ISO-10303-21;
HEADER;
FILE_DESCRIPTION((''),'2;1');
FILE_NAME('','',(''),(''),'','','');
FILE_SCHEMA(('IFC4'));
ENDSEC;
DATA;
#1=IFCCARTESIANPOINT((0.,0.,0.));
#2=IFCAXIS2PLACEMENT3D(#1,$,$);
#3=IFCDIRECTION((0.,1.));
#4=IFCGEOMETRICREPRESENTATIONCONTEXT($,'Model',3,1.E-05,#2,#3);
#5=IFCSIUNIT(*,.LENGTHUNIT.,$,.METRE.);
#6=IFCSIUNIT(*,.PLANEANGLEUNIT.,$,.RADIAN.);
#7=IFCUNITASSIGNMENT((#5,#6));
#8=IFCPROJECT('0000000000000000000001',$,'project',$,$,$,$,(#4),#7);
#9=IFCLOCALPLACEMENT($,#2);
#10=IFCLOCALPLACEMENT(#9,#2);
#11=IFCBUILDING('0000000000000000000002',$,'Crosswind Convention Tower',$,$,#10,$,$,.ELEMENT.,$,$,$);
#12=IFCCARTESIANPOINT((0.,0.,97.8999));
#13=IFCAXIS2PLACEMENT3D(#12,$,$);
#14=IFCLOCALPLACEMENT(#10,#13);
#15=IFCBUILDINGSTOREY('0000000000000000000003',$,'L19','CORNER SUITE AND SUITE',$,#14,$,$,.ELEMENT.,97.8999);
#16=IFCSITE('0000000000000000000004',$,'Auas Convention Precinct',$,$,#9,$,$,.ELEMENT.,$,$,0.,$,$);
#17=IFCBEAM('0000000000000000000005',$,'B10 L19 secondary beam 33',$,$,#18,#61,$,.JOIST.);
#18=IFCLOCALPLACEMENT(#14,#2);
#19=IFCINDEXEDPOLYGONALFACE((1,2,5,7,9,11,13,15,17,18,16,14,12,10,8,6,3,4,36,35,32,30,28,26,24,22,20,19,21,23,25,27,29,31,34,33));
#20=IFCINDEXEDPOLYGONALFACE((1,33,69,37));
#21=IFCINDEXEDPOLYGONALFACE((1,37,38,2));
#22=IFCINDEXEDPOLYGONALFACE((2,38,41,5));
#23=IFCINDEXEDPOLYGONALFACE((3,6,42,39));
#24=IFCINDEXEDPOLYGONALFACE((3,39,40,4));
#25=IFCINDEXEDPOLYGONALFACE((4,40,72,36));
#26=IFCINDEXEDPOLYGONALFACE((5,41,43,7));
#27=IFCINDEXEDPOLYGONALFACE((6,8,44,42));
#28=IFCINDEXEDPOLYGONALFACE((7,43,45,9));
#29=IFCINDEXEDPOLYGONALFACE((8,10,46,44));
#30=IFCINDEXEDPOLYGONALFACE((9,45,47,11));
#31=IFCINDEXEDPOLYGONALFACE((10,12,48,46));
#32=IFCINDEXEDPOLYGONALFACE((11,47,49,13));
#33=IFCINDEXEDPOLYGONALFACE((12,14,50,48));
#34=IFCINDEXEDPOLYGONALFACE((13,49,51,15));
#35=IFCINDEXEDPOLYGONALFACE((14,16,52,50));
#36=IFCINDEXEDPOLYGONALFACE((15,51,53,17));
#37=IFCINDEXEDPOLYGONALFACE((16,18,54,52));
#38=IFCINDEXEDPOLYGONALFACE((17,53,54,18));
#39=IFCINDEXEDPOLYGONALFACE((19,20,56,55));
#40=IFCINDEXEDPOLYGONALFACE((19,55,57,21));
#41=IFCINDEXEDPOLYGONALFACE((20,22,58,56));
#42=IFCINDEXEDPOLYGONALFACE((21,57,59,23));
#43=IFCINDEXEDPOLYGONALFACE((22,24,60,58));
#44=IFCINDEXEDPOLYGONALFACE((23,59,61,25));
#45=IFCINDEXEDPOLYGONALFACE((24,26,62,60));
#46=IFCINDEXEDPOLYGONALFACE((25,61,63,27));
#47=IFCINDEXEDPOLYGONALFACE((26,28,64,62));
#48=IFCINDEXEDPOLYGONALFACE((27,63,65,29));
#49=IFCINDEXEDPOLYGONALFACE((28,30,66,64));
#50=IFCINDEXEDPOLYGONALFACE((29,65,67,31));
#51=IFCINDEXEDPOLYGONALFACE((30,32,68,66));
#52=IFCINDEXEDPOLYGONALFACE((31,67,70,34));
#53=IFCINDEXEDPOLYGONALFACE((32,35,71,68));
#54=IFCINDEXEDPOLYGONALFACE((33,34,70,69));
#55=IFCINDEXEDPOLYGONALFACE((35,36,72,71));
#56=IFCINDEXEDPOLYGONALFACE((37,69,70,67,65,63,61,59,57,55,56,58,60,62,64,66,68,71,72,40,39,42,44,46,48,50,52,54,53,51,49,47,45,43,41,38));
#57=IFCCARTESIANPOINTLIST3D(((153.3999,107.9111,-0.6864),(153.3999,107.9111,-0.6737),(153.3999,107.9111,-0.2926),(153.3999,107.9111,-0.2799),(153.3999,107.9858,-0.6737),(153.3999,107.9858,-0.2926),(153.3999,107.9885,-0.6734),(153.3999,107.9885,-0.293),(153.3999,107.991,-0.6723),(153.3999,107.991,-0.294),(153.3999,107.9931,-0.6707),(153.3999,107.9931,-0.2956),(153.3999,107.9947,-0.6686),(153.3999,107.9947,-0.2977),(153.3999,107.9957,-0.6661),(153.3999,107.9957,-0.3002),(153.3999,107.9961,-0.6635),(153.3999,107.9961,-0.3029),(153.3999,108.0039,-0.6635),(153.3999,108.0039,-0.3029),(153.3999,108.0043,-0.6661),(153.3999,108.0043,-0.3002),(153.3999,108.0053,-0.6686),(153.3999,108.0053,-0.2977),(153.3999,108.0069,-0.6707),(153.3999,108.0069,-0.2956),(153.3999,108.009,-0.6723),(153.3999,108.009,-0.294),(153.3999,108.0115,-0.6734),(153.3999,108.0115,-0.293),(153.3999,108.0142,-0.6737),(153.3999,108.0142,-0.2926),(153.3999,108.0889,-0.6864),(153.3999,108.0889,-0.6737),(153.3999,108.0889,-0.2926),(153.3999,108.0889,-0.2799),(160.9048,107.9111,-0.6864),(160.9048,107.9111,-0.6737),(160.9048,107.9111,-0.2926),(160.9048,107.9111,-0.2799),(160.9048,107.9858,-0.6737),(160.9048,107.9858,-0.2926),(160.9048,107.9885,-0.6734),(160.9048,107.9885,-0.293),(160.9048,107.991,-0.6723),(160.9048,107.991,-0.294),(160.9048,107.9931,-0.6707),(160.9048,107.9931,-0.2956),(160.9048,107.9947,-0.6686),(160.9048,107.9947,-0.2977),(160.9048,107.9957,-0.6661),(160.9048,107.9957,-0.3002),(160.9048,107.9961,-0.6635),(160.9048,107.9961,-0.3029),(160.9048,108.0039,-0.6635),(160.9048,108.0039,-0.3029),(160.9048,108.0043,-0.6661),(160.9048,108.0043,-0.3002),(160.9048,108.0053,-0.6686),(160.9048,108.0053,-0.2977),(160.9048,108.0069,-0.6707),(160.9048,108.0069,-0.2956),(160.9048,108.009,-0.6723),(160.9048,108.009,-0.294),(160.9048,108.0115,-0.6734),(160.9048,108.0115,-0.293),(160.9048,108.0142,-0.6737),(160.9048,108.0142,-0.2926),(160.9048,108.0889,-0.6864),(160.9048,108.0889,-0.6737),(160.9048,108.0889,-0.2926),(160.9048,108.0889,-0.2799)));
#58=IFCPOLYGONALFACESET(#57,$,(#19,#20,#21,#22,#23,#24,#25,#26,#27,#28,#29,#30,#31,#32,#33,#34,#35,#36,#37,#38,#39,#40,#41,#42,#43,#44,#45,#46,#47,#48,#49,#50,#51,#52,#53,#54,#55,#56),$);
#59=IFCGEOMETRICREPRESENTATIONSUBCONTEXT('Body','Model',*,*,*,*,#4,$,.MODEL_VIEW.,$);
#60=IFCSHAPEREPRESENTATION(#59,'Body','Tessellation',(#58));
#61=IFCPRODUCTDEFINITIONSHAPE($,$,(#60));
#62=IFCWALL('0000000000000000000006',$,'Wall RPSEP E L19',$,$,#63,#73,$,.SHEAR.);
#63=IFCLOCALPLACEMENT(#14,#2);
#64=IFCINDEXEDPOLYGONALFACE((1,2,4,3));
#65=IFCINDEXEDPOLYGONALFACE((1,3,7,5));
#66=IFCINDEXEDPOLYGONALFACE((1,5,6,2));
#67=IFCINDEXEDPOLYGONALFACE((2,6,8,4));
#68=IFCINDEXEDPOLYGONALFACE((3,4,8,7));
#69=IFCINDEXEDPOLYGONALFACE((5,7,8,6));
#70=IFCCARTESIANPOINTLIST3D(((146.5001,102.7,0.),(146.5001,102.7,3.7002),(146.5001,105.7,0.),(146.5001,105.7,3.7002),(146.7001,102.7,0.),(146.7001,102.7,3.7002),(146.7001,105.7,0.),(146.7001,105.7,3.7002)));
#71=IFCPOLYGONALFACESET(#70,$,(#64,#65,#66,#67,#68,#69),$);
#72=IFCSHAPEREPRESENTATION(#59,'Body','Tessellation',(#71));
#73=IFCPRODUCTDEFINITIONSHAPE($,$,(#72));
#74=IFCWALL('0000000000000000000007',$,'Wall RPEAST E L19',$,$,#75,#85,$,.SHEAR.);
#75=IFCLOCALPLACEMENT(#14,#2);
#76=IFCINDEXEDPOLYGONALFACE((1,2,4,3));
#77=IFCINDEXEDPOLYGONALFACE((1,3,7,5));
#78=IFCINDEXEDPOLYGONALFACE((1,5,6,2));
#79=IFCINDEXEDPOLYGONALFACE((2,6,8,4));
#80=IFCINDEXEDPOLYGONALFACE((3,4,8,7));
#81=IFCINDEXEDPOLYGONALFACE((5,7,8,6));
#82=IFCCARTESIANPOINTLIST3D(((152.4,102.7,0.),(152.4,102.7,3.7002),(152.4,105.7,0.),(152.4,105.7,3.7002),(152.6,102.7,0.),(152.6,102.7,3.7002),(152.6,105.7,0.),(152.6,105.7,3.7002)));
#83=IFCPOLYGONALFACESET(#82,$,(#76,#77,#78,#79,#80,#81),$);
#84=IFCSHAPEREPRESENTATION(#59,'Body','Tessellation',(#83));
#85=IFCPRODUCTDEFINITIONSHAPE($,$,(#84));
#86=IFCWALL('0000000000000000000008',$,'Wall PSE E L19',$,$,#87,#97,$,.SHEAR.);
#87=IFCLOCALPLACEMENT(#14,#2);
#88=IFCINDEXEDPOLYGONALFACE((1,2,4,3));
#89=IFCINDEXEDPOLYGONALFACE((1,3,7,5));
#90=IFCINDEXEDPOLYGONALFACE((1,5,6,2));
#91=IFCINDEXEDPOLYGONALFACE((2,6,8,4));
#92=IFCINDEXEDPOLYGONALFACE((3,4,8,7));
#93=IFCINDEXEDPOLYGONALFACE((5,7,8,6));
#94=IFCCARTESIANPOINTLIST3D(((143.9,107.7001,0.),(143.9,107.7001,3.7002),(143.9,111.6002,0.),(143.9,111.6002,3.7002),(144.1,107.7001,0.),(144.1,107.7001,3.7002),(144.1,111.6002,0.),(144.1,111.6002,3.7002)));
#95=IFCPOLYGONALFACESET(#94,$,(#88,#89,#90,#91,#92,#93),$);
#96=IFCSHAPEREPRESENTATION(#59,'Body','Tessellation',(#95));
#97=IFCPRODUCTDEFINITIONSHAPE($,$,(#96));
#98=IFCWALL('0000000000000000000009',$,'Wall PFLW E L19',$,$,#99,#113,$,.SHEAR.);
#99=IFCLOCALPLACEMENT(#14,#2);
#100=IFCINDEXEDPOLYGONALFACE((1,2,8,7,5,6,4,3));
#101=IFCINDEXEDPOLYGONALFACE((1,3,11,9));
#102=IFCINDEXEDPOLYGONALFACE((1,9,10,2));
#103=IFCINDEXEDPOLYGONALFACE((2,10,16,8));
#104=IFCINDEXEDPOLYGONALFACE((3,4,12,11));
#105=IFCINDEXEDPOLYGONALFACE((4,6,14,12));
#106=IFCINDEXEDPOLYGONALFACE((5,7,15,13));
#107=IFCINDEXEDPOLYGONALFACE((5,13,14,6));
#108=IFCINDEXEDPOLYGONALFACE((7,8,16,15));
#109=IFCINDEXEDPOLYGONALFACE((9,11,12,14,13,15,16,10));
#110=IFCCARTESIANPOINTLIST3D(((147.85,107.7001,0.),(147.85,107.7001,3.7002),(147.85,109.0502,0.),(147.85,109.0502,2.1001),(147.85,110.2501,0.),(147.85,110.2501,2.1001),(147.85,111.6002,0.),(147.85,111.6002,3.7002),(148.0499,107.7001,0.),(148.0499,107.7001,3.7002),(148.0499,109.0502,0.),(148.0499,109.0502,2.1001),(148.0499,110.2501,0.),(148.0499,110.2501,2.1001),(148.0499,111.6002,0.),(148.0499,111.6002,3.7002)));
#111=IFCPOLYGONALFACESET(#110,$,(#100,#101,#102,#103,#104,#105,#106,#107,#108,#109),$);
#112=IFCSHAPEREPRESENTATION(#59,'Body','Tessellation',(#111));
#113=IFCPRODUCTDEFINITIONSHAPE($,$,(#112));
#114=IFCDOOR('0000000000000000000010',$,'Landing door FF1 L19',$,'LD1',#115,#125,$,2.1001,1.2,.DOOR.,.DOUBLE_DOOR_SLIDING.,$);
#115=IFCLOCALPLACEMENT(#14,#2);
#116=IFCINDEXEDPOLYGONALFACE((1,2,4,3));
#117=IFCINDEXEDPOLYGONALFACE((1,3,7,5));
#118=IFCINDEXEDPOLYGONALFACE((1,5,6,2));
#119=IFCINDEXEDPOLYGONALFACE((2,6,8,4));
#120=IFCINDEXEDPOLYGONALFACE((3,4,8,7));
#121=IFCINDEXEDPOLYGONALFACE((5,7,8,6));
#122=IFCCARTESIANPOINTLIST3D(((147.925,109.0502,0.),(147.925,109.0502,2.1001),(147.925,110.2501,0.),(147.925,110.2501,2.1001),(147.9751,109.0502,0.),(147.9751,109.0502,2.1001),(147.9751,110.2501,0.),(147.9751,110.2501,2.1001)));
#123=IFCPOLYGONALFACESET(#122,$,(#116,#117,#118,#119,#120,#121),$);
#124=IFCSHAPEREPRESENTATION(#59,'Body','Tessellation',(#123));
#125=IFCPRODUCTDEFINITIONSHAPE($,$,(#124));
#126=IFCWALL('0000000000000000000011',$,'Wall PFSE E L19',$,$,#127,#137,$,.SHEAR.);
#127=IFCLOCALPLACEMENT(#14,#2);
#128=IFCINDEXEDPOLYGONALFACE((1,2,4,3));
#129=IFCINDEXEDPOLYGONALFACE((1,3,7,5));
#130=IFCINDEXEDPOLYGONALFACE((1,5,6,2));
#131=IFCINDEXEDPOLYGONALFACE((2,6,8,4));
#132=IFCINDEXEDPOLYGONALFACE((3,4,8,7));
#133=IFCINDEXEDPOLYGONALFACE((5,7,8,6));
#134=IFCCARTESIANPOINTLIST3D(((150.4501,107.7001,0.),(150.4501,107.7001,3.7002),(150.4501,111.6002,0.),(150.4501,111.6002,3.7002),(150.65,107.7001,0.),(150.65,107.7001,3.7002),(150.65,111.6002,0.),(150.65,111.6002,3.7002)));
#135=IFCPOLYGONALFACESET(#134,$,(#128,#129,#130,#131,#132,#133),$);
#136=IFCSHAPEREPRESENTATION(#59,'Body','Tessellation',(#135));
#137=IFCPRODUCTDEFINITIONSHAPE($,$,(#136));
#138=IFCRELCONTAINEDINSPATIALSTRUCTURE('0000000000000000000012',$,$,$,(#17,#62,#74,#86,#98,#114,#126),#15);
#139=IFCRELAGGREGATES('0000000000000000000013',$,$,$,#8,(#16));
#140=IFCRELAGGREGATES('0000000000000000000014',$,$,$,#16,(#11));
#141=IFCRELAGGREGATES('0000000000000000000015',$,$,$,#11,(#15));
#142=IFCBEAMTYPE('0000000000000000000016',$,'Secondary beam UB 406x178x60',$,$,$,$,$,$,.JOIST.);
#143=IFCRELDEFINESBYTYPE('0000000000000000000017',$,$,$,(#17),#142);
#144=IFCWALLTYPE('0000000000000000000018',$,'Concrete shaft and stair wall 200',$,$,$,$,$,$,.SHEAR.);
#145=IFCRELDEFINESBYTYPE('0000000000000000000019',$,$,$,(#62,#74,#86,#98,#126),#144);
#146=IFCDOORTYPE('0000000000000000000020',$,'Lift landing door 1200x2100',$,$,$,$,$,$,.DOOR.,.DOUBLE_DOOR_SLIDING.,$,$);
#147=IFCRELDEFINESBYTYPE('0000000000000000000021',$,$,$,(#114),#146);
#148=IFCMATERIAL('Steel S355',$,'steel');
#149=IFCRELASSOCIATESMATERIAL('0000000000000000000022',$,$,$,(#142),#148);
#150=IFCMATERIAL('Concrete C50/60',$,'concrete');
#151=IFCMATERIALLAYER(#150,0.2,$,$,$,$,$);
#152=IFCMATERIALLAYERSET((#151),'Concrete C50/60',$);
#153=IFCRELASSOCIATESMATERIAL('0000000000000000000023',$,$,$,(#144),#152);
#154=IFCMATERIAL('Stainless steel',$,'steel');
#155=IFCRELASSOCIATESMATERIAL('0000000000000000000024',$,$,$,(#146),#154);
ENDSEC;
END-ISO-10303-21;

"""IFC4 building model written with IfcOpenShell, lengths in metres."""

from ifc_helpers import new_model, si_unit, direction, frame, frame_2d, origin, origin_2d, place, context, subcontext, project, spatial, rectangle, i_section, extrude, material, layer, layer_set, material_profile, profile_set, type_object, element, fill, save


model = new_model("IFC4")

# Units and contexts
model_context = context("Model", 3, precision=1e-05, world=origin(), true_north=direction((0.0, 1.0)))
body_context = subcontext(model_context, "Body", "Model", "MODEL_VIEW")
ifc_project = project(units=[si_unit("LENGTHUNIT", "METRE"), si_unit("PLANEANGLEUNIT", "RADIAN")], contexts=[model_context])

# Site, building, storey
site_placement = place(None, origin())
site = spatial("IfcSite", under=ifc_project, at=site_placement, Name="Auas Convention Precinct", CompositionType="ELEMENT", RefElevation=0.0)
building_placement = place(site_placement, origin())
building = spatial("IfcBuilding", under=site, at=building_placement, Name="Crosswind Convention Tower", CompositionType="ELEMENT")
storey_placement = place(building_placement, frame((0.0, 0.0, 97.8999)))
storey = spatial("IfcBuildingStorey", under=building, at=storey_placement, Name="L19", Description="CORNER SUITE AND SUITE", CompositionType="ELEMENT", Elevation=97.8999)

# Shared definitions
ifc_material_1 = material(Name="Steel S355", Category="steel")

# Beam
ifc_material_profile_1 = material_profile(ifc_material_1, i_section(OverallWidth=0.1777, OverallDepth=0.4065, WebThickness=0.0078, FlangeThickness=0.0127, FilletRadius=0.0103, at=origin_2d()), Name="UB 406x178x60")
ifc_profile_set_1 = profile_set([ifc_material_profile_1], Name="Steel S355")
beam_type_1 = type_object("IfcBeamType", Name="Secondary beam UB 406x178x60", PredefinedType="JOIST", material=ifc_profile_set_1)
for number, where, z_axis, x_axis, name in (
    (1, (153.3999, 108.0, -0.4832), (1.0, 0.0, 0.0), (0.0, 1.0, 0.0), "B10 L19 secondary beam 33"),
):
    element("IfcBeam", number, at=place(storey_placement, frame(where, z_axis=z_axis, x_axis=x_axis)), inside=storey, type_object=beam_type_1, Name=name, PredefinedType="JOIST", context=body_context, shape_type="SweptSolid", body=[
        extrude(i_section(OverallWidth=0.1777, OverallDepth=0.4065, WebThickness=0.0078, FlangeThickness=0.0127, FilletRadius=0.0103, at=origin_2d()), origin(), (0.0, 0.0, 1.0), 7.5049),
    ])

# Walls
ifc_material_2 = material(Name="Concrete C50/60", Category="concrete")
ifc_layer_1 = layer(ifc_material_2, 0.2)
ifc_layer_set_1 = layer_set([ifc_layer_1], Name="Concrete C50/60")
wall_type_1 = type_object("IfcWallType", Name="Concrete shaft and stair wall 200", PredefinedType="SHEAR", material=ifc_layer_set_1)
for number, where, z_axis, x_axis, name in (
    (2, (146.6001, 102.7, 0.0), (0.0, 0.0, 1.0), (0.0, 1.0, 0.0), "Wall RPSEP E L19"),
    (3, (152.5, 102.7, 0.0), (0.0, 0.0, 1.0), (0.0, 1.0, 0.0), "Wall RPEAST E L19"),
):
    element("IfcWall", number, at=place(storey_placement, frame(where, z_axis=z_axis, x_axis=x_axis)), inside=storey, type_object=wall_type_1, Name=name, PredefinedType="SHEAR", context=body_context, shape_type="SweptSolid", body=[
        extrude(rectangle(XDim=3.0, YDim=0.2, at=frame_2d((1.5, 0.0))), origin(), (0.0, 0.0, 1.0), 3.7002),
    ])
wall_1_placement = place(storey_placement, frame((144.0, 107.7, 0.0), z_axis=(0.0, 0.0, 1.0), x_axis=(0.0, 1.0, 0.0)))
element("IfcWall", 4, at=wall_1_placement, inside=storey, type_object=wall_type_1, Name="Wall PSE E L19", PredefinedType="SHEAR", context=body_context, shape_type="SweptSolid", body=[
    extrude(rectangle(XDim=3.9001, YDim=0.2, at=frame_2d((1.9502, 0.0))), origin(), (0.0, 0.0, 1.0), 3.7002),
])

# Wall, opening, door
wall_2_placement = place(storey_placement, frame((147.95, 107.7, 0.0), z_axis=(0.0, 0.0, 1.0), x_axis=(0.0, 1.0, 0.0)))
wall_2 = element("IfcWall", 5, at=wall_2_placement, inside=storey, type_object=wall_type_1, Name="Wall PFLW E L19", PredefinedType="SHEAR", context=body_context, shape_type="SweptSolid", body=[
    extrude(rectangle(XDim=3.9001, YDim=0.2, at=frame_2d((1.9502, 0.0))), origin(), (0.0, 0.0, 1.0), 3.7002),
])
opening_1_placement = place(wall_2_placement, frame((1.3501, 0.0, 0.0)))
opening_1 = element("IfcOpeningElement", 6, at=opening_1_placement, cuts=wall_2, PredefinedType="OPENING", context=body_context, shape_type="SweptSolid", body=[
    extrude(rectangle(XDim=1.2, YDim=2.1001, at=frame_2d((0.6001, 1.05))), frame((0.0, 0.1099, 0.0), z_axis=(0.0, -1.0, 0.0), x_axis=(1.0, 0.0, 0.0)), (0.0, 0.0, 1.0), 0.22),
])
ifc_material_3 = material(Name="Stainless steel", Category="steel")
door_type_1 = type_object("IfcDoorType", Name="Lift landing door 1200x2100", OperationType="DOUBLE_DOOR_SLIDING", PredefinedType="DOOR", material=ifc_material_3)
door_1_placement = place(opening_1_placement, origin())
door_1 = element("IfcDoor", 7, at=door_1_placement, inside=storey, type_object=door_type_1, Name="Landing door FF1 L19", ObjectType="LD1", OperationType="DOUBLE_DOOR_SLIDING", OverallHeight=2.1001, OverallWidth=1.2, PredefinedType="DOOR", context=body_context, shape_type="SweptSolid", body=[
    extrude(rectangle(XDim=1.2, YDim=2.1001, at=frame_2d((0.6001, 1.05))), frame((0.0, 0.0249, 0.0), z_axis=(0.0, -1.0, 0.0), x_axis=(1.0, 0.0, 0.0)), (0.0, 0.0, 1.0), 0.05),
])
fill(opening_1, door_1)

# Wall
wall_3_placement = place(storey_placement, frame((150.55, 107.7, 0.0), z_axis=(0.0, 0.0, 1.0), x_axis=(0.0, 1.0, 0.0)))
element("IfcWall", 8, at=wall_3_placement, inside=storey, type_object=wall_type_1, Name="Wall PFSE E L19", PredefinedType="SHEAR", context=body_context, shape_type="SweptSolid", body=[
    extrude(rectangle(XDim=3.9001, YDim=0.2, at=frame_2d((1.9502, 0.0))), origin(), (0.0, 0.0, 1.0), 3.7002),
])

save(model, "model.ifc")
